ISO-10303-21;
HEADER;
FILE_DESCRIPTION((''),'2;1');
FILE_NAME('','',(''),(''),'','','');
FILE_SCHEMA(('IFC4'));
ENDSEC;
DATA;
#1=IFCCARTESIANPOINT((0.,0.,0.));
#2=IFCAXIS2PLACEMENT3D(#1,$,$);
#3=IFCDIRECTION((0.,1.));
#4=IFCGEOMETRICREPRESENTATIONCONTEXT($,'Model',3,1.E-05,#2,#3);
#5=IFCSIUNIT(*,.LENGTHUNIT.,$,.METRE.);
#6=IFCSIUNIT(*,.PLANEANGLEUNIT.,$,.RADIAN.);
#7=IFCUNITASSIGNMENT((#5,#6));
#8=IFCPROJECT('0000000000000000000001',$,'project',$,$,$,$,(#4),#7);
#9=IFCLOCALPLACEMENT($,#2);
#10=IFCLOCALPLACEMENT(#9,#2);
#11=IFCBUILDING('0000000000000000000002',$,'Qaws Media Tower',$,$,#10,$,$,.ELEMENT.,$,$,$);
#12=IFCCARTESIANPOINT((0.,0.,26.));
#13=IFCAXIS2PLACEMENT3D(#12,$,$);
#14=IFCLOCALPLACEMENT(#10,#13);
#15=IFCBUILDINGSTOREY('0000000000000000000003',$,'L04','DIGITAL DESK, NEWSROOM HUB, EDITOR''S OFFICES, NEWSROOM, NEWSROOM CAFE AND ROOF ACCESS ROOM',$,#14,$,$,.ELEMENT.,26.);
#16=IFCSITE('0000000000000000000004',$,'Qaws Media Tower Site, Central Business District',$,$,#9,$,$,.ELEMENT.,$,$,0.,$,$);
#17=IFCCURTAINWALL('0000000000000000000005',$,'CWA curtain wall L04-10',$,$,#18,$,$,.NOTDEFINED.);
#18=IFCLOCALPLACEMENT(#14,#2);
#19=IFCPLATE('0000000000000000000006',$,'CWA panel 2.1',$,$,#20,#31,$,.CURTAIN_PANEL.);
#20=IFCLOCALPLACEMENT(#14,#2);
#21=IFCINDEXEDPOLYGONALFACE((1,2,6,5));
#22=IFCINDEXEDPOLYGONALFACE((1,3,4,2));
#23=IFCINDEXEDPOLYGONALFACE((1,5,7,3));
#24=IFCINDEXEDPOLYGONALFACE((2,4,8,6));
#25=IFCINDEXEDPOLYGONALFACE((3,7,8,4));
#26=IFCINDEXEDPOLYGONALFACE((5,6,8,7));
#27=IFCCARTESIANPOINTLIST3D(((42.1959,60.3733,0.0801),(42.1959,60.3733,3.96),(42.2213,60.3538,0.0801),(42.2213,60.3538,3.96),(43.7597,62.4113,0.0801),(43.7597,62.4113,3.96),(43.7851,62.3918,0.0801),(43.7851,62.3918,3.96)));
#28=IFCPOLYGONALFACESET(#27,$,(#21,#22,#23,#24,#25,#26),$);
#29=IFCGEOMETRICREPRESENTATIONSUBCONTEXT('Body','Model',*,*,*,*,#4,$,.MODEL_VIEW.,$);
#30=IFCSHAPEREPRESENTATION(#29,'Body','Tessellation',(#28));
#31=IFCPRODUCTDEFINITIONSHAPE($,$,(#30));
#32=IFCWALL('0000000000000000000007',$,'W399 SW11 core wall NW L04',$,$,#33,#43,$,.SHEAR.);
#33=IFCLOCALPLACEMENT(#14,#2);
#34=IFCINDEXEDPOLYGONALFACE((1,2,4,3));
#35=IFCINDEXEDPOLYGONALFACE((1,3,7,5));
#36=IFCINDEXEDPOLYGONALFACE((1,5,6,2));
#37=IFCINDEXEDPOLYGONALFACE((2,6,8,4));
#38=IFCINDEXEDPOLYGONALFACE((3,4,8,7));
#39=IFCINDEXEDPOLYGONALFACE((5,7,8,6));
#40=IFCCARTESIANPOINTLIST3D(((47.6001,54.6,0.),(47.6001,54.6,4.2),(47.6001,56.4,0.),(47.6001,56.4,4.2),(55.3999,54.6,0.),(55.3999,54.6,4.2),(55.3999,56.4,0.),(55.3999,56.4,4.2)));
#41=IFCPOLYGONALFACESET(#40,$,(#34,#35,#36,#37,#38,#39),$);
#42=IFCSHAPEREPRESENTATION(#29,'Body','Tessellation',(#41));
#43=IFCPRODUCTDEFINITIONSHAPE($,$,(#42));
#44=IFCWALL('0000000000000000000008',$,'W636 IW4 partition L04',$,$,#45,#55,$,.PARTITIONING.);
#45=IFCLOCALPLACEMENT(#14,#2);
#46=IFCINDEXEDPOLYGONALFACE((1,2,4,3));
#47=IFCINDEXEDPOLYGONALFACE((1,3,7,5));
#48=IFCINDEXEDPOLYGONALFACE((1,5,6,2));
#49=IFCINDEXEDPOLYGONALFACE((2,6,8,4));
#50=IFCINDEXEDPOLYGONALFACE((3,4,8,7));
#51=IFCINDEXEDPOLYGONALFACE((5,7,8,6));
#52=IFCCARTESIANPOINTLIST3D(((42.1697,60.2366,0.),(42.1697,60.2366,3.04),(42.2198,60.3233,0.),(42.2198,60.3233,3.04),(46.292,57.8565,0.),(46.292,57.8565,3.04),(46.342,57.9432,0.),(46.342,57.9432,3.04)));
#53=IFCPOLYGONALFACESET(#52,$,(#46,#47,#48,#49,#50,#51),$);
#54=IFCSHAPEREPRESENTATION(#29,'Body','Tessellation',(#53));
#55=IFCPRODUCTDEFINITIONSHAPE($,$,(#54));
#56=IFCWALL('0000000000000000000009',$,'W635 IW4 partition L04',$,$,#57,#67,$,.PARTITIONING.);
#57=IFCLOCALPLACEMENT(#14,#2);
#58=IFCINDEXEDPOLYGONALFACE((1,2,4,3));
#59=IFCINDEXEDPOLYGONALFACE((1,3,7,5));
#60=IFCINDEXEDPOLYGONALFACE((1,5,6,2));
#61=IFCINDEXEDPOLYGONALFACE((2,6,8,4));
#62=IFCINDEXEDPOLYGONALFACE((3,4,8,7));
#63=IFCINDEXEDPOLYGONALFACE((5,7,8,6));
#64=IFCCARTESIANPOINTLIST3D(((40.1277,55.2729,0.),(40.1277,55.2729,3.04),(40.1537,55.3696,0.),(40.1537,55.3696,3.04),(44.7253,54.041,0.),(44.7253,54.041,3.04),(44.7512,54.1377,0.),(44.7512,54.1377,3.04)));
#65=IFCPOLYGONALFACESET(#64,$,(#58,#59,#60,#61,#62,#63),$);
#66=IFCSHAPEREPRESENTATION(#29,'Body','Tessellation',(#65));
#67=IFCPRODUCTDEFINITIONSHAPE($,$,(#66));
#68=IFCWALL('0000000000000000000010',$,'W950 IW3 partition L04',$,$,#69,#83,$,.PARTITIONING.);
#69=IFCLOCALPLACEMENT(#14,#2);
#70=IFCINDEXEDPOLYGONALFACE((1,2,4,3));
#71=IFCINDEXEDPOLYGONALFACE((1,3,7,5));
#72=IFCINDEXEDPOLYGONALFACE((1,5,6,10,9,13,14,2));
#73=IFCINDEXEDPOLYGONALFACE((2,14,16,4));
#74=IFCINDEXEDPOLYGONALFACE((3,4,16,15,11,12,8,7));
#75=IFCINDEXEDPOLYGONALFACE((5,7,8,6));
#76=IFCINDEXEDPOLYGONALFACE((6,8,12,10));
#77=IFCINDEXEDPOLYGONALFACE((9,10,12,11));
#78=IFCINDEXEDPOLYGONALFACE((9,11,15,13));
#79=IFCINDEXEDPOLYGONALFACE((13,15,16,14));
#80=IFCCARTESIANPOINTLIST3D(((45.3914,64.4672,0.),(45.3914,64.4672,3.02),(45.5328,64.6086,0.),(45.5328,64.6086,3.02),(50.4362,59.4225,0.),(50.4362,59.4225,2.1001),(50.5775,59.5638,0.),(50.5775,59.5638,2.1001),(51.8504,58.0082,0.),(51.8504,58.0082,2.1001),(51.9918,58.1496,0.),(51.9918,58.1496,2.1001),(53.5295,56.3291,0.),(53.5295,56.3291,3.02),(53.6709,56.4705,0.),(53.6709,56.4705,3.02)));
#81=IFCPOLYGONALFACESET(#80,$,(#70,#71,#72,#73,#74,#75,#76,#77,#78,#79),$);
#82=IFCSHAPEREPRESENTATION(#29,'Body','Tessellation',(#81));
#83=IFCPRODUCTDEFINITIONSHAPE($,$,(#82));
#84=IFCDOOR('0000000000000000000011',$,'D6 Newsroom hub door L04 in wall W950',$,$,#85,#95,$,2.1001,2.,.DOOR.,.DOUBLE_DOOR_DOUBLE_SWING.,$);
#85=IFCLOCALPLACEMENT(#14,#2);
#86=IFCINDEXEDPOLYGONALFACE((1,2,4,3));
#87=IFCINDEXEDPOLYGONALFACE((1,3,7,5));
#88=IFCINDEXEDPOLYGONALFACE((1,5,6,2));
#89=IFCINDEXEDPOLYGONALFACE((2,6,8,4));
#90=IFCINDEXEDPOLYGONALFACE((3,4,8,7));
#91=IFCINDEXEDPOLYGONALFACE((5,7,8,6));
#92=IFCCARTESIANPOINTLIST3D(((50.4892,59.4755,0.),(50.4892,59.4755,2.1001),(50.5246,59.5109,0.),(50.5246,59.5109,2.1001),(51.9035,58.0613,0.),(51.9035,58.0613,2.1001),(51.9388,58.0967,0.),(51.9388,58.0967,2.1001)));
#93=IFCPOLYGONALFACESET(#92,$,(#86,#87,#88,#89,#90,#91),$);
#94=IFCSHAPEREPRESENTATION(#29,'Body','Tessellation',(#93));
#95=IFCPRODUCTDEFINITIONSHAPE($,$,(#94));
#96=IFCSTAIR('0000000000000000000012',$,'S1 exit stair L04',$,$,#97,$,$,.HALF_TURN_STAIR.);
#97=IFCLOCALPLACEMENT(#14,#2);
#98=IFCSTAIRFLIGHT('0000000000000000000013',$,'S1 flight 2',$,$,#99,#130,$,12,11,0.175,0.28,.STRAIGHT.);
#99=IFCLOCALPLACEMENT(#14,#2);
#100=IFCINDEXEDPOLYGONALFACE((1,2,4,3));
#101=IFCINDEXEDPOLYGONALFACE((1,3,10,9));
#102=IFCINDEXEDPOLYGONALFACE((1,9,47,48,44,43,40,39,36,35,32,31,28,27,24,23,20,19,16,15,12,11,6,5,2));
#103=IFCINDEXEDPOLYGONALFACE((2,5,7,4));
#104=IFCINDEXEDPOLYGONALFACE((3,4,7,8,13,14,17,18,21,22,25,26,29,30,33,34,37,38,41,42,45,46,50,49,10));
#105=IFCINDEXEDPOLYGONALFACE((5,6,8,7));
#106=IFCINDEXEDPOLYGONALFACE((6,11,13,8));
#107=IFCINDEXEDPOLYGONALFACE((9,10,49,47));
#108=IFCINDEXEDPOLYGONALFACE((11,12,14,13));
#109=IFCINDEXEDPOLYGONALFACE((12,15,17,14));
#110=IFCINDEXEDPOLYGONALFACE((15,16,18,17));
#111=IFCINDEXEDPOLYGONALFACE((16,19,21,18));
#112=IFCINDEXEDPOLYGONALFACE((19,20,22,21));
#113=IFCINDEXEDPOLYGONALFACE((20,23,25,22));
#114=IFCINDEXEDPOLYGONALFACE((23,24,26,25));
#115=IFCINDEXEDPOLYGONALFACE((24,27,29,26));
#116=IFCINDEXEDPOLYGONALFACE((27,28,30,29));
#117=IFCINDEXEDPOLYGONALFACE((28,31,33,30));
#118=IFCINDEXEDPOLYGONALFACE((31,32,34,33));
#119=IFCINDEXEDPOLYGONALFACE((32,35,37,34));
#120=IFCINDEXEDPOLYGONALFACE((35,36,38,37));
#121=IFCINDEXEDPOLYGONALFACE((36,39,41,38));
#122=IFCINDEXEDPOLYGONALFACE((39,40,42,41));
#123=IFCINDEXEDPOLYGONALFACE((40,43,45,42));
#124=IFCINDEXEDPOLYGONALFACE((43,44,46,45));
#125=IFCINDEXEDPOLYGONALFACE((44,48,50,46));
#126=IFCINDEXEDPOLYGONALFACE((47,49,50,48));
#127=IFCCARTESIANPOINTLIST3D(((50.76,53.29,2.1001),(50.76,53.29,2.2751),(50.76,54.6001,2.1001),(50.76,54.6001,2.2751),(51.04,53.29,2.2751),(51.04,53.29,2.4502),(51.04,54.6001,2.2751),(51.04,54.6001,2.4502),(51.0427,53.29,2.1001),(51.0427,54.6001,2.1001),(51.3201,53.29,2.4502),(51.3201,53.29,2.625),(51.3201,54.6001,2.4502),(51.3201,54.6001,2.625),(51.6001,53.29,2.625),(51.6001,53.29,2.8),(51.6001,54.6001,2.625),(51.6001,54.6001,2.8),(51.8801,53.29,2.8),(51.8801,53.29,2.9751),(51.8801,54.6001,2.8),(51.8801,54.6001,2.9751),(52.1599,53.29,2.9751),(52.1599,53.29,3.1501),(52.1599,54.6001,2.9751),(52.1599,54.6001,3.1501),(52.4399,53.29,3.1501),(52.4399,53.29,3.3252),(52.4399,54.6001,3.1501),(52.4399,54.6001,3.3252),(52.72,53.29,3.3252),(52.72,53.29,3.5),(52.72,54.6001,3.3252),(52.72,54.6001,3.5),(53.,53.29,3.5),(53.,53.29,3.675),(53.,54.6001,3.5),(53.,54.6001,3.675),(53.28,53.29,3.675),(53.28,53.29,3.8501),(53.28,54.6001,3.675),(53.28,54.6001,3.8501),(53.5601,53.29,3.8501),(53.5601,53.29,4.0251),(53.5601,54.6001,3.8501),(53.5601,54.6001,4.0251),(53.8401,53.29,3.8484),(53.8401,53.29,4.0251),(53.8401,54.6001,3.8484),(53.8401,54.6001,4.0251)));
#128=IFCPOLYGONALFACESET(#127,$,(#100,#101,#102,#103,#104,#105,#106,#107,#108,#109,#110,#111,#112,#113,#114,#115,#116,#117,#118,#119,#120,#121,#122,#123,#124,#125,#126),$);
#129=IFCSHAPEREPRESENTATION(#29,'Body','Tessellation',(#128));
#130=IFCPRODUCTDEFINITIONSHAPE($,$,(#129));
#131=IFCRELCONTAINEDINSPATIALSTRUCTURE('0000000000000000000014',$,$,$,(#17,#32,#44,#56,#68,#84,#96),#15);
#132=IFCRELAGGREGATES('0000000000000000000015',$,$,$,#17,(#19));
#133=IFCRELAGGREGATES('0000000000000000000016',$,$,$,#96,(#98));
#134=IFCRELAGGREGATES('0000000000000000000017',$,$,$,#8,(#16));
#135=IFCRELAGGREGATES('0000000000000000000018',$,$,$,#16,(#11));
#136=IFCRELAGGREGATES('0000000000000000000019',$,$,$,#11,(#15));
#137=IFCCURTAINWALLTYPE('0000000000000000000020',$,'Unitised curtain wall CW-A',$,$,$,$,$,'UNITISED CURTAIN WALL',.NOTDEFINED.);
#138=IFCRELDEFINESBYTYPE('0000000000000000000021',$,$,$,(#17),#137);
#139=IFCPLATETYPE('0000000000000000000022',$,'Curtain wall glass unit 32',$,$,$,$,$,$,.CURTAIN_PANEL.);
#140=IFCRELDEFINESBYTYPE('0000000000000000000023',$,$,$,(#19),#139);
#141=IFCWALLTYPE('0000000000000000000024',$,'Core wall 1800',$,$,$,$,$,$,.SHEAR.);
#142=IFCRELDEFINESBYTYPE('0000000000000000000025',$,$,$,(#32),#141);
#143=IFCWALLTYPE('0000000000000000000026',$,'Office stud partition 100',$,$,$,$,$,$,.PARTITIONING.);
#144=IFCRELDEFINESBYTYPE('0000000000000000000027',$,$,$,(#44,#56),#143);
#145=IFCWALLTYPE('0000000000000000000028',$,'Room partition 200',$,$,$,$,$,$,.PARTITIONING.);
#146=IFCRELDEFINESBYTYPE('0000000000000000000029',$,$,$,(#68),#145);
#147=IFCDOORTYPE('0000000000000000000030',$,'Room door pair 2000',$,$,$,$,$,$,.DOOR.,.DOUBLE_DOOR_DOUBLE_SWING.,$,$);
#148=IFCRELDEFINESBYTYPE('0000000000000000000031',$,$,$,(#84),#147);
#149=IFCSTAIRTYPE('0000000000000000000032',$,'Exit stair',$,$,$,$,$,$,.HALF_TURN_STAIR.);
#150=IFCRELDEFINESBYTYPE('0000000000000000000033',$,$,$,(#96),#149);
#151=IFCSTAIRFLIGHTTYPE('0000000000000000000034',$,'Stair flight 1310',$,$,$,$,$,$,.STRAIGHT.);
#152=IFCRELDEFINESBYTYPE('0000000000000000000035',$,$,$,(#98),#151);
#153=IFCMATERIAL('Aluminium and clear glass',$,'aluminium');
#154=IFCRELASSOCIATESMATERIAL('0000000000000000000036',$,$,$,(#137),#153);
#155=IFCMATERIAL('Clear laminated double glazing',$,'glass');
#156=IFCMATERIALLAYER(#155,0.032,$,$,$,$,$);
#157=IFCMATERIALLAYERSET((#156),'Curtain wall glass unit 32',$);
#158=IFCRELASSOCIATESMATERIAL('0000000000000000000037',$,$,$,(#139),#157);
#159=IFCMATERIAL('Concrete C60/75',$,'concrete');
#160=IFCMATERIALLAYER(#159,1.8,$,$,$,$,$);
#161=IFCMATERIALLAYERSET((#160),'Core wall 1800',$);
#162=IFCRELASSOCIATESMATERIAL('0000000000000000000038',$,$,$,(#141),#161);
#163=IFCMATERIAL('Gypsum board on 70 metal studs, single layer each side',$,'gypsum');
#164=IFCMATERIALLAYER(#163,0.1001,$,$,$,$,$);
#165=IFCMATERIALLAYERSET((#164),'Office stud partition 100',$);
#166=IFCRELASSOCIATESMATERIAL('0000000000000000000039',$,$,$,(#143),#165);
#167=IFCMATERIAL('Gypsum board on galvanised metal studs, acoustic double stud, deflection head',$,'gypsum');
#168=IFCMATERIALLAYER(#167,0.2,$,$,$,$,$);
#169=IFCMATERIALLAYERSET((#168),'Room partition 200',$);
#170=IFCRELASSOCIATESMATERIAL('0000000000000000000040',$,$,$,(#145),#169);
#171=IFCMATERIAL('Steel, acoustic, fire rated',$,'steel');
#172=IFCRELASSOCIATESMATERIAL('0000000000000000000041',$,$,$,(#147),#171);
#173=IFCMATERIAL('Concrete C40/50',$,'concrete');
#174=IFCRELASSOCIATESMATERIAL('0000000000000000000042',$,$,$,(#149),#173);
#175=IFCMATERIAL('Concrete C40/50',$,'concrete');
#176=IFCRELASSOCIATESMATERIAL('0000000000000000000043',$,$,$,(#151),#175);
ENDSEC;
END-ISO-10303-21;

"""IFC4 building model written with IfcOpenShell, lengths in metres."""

from ifc_helpers import new_model, si_unit, direction, frame, frame_2d, origin, origin_2d, place, context, subcontext, project, spatial, polyline, rectangle, outline, extrude, material, layer, layer_set, type_object, element, fill, aggregate, save


model = new_model("IFC4")

# Units and contexts
model_context = context("Model", 3, precision=1e-05, world=origin(), true_north=direction((0.0, 1.0)))
body_context = subcontext(model_context, "Body", "Model", "MODEL_VIEW")
ifc_project = project(units=[si_unit("LENGTHUNIT", "METRE"), si_unit("PLANEANGLEUNIT", "RADIAN")], contexts=[model_context])

# Site, building, storey
site_placement = place(None, origin())
site = spatial("IfcSite", under=ifc_project, at=site_placement, Name="Qaws Media Tower Site, Central Business District", CompositionType="ELEMENT", RefElevation=0.0)
building_placement = place(site_placement, origin())
building = spatial("IfcBuilding", under=site, at=building_placement, Name="Qaws Media Tower", CompositionType="ELEMENT")
storey_placement = place(building_placement, frame((0.0, 0.0, 26.0)))
storey = spatial("IfcBuildingStorey", under=building, at=storey_placement, Name="L04", Description="DIGITAL DESK, NEWSROOM HUB, EDITOR'S OFFICES, NEWSROOM, NEWSROOM CAFE AND ROOF ACCESS ROOM", CompositionType="ELEMENT", Elevation=26.0)

# Curtain wall, plate
ifc_material_1 = material(Name="Aluminium and clear glass", Category="aluminium")
curtain_wall_type = type_object("IfcCurtainWallType", Name="Unitised curtain wall CW-A", ElementType="UNITISED CURTAIN WALL", PredefinedType="NOTDEFINED", material=ifc_material_1)
curtain_wall_placement = place(storey_placement, origin())
curtain_wall = element("IfcCurtainWall", 1, at=curtain_wall_placement, inside=storey, type_object=curtain_wall_type, Name="CWA curtain wall L04-10", PredefinedType="NOTDEFINED")
ifc_material_2 = material(Name="Clear laminated double glazing", Category="glass")
ifc_layer_1 = layer(ifc_material_2, 0.032)
ifc_layer_set_1 = layer_set([ifc_layer_1], Name="Curtain wall glass unit 32")
plate_type = type_object("IfcPlateType", Name="Curtain wall glass unit 32", PredefinedType="CURTAIN_PANEL", material=ifc_layer_set_1)
plate_placement = place(storey_placement, frame((42.9905, 61.3826, 0.0801), z_axis=(0.0, 0.0, 1.0), x_axis=(-0.608761, -0.793353, 0.0)))
plate = element("IfcPlate", 2, at=plate_placement, type_object=plate_type, Name="CWA panel 2.1", PredefinedType="CURTAIN_PANEL", context=body_context, shape_type="SweptSolid", body=[
    extrude(rectangle(XDim=2.5688, YDim=0.032, at=origin_2d()), origin(), (0.0, 0.0, 1.0), 3.8799),
])
aggregate(curtain_wall, [plate])

# Walls
ifc_material_3 = material(Name="Concrete C60/75", Category="concrete")
ifc_layer_2 = layer(ifc_material_3, 1.8)
ifc_layer_set_2 = layer_set([ifc_layer_2], Name="Core wall 1800")
wall_type_1 = type_object("IfcWallType", Name="Core wall 1800", PredefinedType="SHEAR", material=ifc_layer_set_2)
wall_1_placement = place(storey_placement, frame((47.6001, 55.5, 0.0), z_axis=(0.0, 0.0, 1.0), x_axis=(1.0, 0.0, 0.0)))
element("IfcWall", 3, at=wall_1_placement, inside=storey, type_object=wall_type_1, Name="W399 SW11 core wall NW L04", PredefinedType="SHEAR", context=body_context, shape_type="SweptSolid", body=[
    extrude(rectangle(XDim=7.7998, YDim=1.8, at=frame_2d((3.8999, 0.0))), origin(), (0.0, 0.0, 1.0), 4.2),
])
ifc_material_4 = material(Name="Gypsum board on 70 metal studs, single layer each side", Category="gypsum")
ifc_layer_3 = layer(ifc_material_4, 0.1001)
ifc_layer_set_3 = layer_set([ifc_layer_3], Name="Office stud partition 100")
wall_type_2 = type_object("IfcWallType", Name="Office stud partition 100", PredefinedType="PARTITIONING", material=ifc_layer_set_3)
wall_2_placement = place(storey_placement, frame((46.3169, 57.8999, 0.0), z_axis=(0.0, 0.0, 1.0), x_axis=(-0.866016, 0.500017, 0.0)))
element("IfcWall", 4, at=wall_2_placement, inside=storey, type_object=wall_type_2, Name="W636 IW4 partition L04", PredefinedType="PARTITIONING", context=body_context, shape_type="SweptSolid", body=[
    extrude(rectangle(XDim=4.76, YDim=0.1001, at=frame_2d((2.3799, 0.0))), origin(), (0.0, 0.0, 1.0), 3.04),
])
wall_3_placement = place(storey_placement, frame((44.7383, 54.0894, 0.0), z_axis=(0.0, 0.0, 1.0), x_axis=(-0.965926, 0.258818, 0.0)))
element("IfcWall", 5, at=wall_3_placement, inside=storey, type_object=wall_type_2, Name="W635 IW4 partition L04", PredefinedType="PARTITIONING", context=body_context, shape_type="SweptSolid", body=[
    extrude(rectangle(XDim=4.7598, YDim=0.1001, at=frame_2d((2.3799, 0.0))), origin(), (0.0, 0.0, 1.0), 3.04),
])

# Wall, opening, door
ifc_material_5 = material(Name="Gypsum board on galvanised metal studs, acoustic double stud, deflection head", Category="gypsum")
ifc_layer_4 = layer(ifc_material_5, 0.2)
ifc_layer_set_4 = layer_set([ifc_layer_4], Name="Room partition 200")
wall_type_3 = type_object("IfcWallType", Name="Room partition 200", PredefinedType="PARTITIONING", material=ifc_layer_set_4)
wall_4_placement = place(storey_placement, frame((53.6001, 56.3999, 0.0), z_axis=(0.0, 0.0, 1.0), x_axis=(-0.707107, 0.707107, 0.0)))
wall_4 = element("IfcWall", 6, at=wall_4_placement, inside=storey, type_object=wall_type_3, Name="W950 IW3 partition L04", PredefinedType="PARTITIONING", context=body_context, shape_type="SweptSolid", body=[
    extrude(rectangle(XDim=11.509, YDim=0.2, at=frame_2d((5.7544, 0.0))), origin(), (0.0, 0.0, 1.0), 3.02),
])
opening_1_placement = place(wall_4_placement, frame((2.3745, 0.0, 0.0)))
opening_1 = element("IfcOpeningElement", 7, at=opening_1_placement, cuts=wall_4, PredefinedType="OPENING", context=body_context, shape_type="SweptSolid", body=[
    extrude(rectangle(XDim=2.0, YDim=2.1001, at=frame_2d((1.0, 1.05))), frame((0.0, 0.1099, 0.0), z_axis=(0.0, -1.0, 0.0), x_axis=(1.0, 0.0, 0.0)), (0.0, 0.0, 1.0), 0.22),
])
ifc_material_6 = material(Name="Steel, acoustic, fire rated", Category="steel")
door_type_1 = type_object("IfcDoorType", Name="Room door pair 2000", OperationType="DOUBLE_DOOR_DOUBLE_SWING", PredefinedType="DOOR", material=ifc_material_6)
door_1_placement = place(opening_1_placement, origin())
door_1 = element("IfcDoor", 8, at=door_1_placement, inside=storey, type_object=door_type_1, Name="D6 Newsroom hub door L04 in wall W950", OperationType="DOUBLE_DOOR_DOUBLE_SWING", OverallHeight=2.1001, OverallWidth=2.0, PredefinedType="DOOR", context=body_context, shape_type="SweptSolid", body=[
    extrude(rectangle(XDim=2.0, YDim=2.1001, at=frame_2d((1.0, 1.05))), frame((0.0, 0.0249, 0.0), z_axis=(0.0, -1.0, 0.0), x_axis=(1.0, 0.0, 0.0)), (0.0, 0.0, 1.0), 0.05),
])
fill(opening_1, door_1)

# Stair, stair flight
ifc_material_7 = material(Name="Concrete C40/50", Category="concrete")
stair_type = type_object("IfcStairType", Name="Exit stair", PredefinedType="HALF_TURN_STAIR", material=ifc_material_7)
stair_placement = place(storey_placement, origin())
stair = element("IfcStair", 9, at=stair_placement, inside=storey, type_object=stair_type, Name="S1 exit stair L04", PredefinedType="HALF_TURN_STAIR")
ifc_material_8 = material(Name="Concrete C40/50", Category="concrete")
stair_flight_type = type_object("IfcStairFlightType", Name="Stair flight 1310", PredefinedType="STRAIGHT", material=ifc_material_8)
stair_flight_placement = place(storey_placement, frame((50.76, 53.9451, 2.1001), z_axis=(0.0, 0.0, 1.0), x_axis=(1.0, 0.0, 0.0)))
stair_flight = element("IfcStairFlight", 10, at=stair_flight_placement, type_object=stair_flight_type, Name="S1 flight 2", NumberOfRisers=12, NumberOfTreads=11, PredefinedType="STRAIGHT", RiserHeight=0.175, TreadLength=0.28, context=body_context, shape_type="SweptSolid", body=[
    extrude(outline(polyline([(0.0, 0.0), (0.0, 0.175), (0.28, 0.175), (0.28, 0.3501), (0.5601, 0.3501), (0.5601, 0.5249), (0.8401, 0.5249), (0.8401, 0.7), (1.1201, 0.7), (1.1201, 0.875), (1.3999, 0.875), (1.3999, 1.05), (1.6799, 1.05), (1.6799, 1.2251), (1.96, 1.2251), (1.96, 1.3999), (2.24, 1.3999), (2.24, 1.575), (2.52, 1.575), (2.52, 1.75), (2.8, 1.75), (2.8, 1.925), (3.0801, 1.925), (3.0801, 2.1001), (3.0801, 1.7483), (0.2827, 0.0), (0.0, 0.0)])), frame((0.0, 0.655, 0.0), z_axis=(0.0, -1.0, 0.0), x_axis=(1.0, 0.0, 0.0)), (0.0, 0.0, 1.0), 1.3101),
])
aggregate(stair, [stair_flight])

save(model, "model.ifc")
